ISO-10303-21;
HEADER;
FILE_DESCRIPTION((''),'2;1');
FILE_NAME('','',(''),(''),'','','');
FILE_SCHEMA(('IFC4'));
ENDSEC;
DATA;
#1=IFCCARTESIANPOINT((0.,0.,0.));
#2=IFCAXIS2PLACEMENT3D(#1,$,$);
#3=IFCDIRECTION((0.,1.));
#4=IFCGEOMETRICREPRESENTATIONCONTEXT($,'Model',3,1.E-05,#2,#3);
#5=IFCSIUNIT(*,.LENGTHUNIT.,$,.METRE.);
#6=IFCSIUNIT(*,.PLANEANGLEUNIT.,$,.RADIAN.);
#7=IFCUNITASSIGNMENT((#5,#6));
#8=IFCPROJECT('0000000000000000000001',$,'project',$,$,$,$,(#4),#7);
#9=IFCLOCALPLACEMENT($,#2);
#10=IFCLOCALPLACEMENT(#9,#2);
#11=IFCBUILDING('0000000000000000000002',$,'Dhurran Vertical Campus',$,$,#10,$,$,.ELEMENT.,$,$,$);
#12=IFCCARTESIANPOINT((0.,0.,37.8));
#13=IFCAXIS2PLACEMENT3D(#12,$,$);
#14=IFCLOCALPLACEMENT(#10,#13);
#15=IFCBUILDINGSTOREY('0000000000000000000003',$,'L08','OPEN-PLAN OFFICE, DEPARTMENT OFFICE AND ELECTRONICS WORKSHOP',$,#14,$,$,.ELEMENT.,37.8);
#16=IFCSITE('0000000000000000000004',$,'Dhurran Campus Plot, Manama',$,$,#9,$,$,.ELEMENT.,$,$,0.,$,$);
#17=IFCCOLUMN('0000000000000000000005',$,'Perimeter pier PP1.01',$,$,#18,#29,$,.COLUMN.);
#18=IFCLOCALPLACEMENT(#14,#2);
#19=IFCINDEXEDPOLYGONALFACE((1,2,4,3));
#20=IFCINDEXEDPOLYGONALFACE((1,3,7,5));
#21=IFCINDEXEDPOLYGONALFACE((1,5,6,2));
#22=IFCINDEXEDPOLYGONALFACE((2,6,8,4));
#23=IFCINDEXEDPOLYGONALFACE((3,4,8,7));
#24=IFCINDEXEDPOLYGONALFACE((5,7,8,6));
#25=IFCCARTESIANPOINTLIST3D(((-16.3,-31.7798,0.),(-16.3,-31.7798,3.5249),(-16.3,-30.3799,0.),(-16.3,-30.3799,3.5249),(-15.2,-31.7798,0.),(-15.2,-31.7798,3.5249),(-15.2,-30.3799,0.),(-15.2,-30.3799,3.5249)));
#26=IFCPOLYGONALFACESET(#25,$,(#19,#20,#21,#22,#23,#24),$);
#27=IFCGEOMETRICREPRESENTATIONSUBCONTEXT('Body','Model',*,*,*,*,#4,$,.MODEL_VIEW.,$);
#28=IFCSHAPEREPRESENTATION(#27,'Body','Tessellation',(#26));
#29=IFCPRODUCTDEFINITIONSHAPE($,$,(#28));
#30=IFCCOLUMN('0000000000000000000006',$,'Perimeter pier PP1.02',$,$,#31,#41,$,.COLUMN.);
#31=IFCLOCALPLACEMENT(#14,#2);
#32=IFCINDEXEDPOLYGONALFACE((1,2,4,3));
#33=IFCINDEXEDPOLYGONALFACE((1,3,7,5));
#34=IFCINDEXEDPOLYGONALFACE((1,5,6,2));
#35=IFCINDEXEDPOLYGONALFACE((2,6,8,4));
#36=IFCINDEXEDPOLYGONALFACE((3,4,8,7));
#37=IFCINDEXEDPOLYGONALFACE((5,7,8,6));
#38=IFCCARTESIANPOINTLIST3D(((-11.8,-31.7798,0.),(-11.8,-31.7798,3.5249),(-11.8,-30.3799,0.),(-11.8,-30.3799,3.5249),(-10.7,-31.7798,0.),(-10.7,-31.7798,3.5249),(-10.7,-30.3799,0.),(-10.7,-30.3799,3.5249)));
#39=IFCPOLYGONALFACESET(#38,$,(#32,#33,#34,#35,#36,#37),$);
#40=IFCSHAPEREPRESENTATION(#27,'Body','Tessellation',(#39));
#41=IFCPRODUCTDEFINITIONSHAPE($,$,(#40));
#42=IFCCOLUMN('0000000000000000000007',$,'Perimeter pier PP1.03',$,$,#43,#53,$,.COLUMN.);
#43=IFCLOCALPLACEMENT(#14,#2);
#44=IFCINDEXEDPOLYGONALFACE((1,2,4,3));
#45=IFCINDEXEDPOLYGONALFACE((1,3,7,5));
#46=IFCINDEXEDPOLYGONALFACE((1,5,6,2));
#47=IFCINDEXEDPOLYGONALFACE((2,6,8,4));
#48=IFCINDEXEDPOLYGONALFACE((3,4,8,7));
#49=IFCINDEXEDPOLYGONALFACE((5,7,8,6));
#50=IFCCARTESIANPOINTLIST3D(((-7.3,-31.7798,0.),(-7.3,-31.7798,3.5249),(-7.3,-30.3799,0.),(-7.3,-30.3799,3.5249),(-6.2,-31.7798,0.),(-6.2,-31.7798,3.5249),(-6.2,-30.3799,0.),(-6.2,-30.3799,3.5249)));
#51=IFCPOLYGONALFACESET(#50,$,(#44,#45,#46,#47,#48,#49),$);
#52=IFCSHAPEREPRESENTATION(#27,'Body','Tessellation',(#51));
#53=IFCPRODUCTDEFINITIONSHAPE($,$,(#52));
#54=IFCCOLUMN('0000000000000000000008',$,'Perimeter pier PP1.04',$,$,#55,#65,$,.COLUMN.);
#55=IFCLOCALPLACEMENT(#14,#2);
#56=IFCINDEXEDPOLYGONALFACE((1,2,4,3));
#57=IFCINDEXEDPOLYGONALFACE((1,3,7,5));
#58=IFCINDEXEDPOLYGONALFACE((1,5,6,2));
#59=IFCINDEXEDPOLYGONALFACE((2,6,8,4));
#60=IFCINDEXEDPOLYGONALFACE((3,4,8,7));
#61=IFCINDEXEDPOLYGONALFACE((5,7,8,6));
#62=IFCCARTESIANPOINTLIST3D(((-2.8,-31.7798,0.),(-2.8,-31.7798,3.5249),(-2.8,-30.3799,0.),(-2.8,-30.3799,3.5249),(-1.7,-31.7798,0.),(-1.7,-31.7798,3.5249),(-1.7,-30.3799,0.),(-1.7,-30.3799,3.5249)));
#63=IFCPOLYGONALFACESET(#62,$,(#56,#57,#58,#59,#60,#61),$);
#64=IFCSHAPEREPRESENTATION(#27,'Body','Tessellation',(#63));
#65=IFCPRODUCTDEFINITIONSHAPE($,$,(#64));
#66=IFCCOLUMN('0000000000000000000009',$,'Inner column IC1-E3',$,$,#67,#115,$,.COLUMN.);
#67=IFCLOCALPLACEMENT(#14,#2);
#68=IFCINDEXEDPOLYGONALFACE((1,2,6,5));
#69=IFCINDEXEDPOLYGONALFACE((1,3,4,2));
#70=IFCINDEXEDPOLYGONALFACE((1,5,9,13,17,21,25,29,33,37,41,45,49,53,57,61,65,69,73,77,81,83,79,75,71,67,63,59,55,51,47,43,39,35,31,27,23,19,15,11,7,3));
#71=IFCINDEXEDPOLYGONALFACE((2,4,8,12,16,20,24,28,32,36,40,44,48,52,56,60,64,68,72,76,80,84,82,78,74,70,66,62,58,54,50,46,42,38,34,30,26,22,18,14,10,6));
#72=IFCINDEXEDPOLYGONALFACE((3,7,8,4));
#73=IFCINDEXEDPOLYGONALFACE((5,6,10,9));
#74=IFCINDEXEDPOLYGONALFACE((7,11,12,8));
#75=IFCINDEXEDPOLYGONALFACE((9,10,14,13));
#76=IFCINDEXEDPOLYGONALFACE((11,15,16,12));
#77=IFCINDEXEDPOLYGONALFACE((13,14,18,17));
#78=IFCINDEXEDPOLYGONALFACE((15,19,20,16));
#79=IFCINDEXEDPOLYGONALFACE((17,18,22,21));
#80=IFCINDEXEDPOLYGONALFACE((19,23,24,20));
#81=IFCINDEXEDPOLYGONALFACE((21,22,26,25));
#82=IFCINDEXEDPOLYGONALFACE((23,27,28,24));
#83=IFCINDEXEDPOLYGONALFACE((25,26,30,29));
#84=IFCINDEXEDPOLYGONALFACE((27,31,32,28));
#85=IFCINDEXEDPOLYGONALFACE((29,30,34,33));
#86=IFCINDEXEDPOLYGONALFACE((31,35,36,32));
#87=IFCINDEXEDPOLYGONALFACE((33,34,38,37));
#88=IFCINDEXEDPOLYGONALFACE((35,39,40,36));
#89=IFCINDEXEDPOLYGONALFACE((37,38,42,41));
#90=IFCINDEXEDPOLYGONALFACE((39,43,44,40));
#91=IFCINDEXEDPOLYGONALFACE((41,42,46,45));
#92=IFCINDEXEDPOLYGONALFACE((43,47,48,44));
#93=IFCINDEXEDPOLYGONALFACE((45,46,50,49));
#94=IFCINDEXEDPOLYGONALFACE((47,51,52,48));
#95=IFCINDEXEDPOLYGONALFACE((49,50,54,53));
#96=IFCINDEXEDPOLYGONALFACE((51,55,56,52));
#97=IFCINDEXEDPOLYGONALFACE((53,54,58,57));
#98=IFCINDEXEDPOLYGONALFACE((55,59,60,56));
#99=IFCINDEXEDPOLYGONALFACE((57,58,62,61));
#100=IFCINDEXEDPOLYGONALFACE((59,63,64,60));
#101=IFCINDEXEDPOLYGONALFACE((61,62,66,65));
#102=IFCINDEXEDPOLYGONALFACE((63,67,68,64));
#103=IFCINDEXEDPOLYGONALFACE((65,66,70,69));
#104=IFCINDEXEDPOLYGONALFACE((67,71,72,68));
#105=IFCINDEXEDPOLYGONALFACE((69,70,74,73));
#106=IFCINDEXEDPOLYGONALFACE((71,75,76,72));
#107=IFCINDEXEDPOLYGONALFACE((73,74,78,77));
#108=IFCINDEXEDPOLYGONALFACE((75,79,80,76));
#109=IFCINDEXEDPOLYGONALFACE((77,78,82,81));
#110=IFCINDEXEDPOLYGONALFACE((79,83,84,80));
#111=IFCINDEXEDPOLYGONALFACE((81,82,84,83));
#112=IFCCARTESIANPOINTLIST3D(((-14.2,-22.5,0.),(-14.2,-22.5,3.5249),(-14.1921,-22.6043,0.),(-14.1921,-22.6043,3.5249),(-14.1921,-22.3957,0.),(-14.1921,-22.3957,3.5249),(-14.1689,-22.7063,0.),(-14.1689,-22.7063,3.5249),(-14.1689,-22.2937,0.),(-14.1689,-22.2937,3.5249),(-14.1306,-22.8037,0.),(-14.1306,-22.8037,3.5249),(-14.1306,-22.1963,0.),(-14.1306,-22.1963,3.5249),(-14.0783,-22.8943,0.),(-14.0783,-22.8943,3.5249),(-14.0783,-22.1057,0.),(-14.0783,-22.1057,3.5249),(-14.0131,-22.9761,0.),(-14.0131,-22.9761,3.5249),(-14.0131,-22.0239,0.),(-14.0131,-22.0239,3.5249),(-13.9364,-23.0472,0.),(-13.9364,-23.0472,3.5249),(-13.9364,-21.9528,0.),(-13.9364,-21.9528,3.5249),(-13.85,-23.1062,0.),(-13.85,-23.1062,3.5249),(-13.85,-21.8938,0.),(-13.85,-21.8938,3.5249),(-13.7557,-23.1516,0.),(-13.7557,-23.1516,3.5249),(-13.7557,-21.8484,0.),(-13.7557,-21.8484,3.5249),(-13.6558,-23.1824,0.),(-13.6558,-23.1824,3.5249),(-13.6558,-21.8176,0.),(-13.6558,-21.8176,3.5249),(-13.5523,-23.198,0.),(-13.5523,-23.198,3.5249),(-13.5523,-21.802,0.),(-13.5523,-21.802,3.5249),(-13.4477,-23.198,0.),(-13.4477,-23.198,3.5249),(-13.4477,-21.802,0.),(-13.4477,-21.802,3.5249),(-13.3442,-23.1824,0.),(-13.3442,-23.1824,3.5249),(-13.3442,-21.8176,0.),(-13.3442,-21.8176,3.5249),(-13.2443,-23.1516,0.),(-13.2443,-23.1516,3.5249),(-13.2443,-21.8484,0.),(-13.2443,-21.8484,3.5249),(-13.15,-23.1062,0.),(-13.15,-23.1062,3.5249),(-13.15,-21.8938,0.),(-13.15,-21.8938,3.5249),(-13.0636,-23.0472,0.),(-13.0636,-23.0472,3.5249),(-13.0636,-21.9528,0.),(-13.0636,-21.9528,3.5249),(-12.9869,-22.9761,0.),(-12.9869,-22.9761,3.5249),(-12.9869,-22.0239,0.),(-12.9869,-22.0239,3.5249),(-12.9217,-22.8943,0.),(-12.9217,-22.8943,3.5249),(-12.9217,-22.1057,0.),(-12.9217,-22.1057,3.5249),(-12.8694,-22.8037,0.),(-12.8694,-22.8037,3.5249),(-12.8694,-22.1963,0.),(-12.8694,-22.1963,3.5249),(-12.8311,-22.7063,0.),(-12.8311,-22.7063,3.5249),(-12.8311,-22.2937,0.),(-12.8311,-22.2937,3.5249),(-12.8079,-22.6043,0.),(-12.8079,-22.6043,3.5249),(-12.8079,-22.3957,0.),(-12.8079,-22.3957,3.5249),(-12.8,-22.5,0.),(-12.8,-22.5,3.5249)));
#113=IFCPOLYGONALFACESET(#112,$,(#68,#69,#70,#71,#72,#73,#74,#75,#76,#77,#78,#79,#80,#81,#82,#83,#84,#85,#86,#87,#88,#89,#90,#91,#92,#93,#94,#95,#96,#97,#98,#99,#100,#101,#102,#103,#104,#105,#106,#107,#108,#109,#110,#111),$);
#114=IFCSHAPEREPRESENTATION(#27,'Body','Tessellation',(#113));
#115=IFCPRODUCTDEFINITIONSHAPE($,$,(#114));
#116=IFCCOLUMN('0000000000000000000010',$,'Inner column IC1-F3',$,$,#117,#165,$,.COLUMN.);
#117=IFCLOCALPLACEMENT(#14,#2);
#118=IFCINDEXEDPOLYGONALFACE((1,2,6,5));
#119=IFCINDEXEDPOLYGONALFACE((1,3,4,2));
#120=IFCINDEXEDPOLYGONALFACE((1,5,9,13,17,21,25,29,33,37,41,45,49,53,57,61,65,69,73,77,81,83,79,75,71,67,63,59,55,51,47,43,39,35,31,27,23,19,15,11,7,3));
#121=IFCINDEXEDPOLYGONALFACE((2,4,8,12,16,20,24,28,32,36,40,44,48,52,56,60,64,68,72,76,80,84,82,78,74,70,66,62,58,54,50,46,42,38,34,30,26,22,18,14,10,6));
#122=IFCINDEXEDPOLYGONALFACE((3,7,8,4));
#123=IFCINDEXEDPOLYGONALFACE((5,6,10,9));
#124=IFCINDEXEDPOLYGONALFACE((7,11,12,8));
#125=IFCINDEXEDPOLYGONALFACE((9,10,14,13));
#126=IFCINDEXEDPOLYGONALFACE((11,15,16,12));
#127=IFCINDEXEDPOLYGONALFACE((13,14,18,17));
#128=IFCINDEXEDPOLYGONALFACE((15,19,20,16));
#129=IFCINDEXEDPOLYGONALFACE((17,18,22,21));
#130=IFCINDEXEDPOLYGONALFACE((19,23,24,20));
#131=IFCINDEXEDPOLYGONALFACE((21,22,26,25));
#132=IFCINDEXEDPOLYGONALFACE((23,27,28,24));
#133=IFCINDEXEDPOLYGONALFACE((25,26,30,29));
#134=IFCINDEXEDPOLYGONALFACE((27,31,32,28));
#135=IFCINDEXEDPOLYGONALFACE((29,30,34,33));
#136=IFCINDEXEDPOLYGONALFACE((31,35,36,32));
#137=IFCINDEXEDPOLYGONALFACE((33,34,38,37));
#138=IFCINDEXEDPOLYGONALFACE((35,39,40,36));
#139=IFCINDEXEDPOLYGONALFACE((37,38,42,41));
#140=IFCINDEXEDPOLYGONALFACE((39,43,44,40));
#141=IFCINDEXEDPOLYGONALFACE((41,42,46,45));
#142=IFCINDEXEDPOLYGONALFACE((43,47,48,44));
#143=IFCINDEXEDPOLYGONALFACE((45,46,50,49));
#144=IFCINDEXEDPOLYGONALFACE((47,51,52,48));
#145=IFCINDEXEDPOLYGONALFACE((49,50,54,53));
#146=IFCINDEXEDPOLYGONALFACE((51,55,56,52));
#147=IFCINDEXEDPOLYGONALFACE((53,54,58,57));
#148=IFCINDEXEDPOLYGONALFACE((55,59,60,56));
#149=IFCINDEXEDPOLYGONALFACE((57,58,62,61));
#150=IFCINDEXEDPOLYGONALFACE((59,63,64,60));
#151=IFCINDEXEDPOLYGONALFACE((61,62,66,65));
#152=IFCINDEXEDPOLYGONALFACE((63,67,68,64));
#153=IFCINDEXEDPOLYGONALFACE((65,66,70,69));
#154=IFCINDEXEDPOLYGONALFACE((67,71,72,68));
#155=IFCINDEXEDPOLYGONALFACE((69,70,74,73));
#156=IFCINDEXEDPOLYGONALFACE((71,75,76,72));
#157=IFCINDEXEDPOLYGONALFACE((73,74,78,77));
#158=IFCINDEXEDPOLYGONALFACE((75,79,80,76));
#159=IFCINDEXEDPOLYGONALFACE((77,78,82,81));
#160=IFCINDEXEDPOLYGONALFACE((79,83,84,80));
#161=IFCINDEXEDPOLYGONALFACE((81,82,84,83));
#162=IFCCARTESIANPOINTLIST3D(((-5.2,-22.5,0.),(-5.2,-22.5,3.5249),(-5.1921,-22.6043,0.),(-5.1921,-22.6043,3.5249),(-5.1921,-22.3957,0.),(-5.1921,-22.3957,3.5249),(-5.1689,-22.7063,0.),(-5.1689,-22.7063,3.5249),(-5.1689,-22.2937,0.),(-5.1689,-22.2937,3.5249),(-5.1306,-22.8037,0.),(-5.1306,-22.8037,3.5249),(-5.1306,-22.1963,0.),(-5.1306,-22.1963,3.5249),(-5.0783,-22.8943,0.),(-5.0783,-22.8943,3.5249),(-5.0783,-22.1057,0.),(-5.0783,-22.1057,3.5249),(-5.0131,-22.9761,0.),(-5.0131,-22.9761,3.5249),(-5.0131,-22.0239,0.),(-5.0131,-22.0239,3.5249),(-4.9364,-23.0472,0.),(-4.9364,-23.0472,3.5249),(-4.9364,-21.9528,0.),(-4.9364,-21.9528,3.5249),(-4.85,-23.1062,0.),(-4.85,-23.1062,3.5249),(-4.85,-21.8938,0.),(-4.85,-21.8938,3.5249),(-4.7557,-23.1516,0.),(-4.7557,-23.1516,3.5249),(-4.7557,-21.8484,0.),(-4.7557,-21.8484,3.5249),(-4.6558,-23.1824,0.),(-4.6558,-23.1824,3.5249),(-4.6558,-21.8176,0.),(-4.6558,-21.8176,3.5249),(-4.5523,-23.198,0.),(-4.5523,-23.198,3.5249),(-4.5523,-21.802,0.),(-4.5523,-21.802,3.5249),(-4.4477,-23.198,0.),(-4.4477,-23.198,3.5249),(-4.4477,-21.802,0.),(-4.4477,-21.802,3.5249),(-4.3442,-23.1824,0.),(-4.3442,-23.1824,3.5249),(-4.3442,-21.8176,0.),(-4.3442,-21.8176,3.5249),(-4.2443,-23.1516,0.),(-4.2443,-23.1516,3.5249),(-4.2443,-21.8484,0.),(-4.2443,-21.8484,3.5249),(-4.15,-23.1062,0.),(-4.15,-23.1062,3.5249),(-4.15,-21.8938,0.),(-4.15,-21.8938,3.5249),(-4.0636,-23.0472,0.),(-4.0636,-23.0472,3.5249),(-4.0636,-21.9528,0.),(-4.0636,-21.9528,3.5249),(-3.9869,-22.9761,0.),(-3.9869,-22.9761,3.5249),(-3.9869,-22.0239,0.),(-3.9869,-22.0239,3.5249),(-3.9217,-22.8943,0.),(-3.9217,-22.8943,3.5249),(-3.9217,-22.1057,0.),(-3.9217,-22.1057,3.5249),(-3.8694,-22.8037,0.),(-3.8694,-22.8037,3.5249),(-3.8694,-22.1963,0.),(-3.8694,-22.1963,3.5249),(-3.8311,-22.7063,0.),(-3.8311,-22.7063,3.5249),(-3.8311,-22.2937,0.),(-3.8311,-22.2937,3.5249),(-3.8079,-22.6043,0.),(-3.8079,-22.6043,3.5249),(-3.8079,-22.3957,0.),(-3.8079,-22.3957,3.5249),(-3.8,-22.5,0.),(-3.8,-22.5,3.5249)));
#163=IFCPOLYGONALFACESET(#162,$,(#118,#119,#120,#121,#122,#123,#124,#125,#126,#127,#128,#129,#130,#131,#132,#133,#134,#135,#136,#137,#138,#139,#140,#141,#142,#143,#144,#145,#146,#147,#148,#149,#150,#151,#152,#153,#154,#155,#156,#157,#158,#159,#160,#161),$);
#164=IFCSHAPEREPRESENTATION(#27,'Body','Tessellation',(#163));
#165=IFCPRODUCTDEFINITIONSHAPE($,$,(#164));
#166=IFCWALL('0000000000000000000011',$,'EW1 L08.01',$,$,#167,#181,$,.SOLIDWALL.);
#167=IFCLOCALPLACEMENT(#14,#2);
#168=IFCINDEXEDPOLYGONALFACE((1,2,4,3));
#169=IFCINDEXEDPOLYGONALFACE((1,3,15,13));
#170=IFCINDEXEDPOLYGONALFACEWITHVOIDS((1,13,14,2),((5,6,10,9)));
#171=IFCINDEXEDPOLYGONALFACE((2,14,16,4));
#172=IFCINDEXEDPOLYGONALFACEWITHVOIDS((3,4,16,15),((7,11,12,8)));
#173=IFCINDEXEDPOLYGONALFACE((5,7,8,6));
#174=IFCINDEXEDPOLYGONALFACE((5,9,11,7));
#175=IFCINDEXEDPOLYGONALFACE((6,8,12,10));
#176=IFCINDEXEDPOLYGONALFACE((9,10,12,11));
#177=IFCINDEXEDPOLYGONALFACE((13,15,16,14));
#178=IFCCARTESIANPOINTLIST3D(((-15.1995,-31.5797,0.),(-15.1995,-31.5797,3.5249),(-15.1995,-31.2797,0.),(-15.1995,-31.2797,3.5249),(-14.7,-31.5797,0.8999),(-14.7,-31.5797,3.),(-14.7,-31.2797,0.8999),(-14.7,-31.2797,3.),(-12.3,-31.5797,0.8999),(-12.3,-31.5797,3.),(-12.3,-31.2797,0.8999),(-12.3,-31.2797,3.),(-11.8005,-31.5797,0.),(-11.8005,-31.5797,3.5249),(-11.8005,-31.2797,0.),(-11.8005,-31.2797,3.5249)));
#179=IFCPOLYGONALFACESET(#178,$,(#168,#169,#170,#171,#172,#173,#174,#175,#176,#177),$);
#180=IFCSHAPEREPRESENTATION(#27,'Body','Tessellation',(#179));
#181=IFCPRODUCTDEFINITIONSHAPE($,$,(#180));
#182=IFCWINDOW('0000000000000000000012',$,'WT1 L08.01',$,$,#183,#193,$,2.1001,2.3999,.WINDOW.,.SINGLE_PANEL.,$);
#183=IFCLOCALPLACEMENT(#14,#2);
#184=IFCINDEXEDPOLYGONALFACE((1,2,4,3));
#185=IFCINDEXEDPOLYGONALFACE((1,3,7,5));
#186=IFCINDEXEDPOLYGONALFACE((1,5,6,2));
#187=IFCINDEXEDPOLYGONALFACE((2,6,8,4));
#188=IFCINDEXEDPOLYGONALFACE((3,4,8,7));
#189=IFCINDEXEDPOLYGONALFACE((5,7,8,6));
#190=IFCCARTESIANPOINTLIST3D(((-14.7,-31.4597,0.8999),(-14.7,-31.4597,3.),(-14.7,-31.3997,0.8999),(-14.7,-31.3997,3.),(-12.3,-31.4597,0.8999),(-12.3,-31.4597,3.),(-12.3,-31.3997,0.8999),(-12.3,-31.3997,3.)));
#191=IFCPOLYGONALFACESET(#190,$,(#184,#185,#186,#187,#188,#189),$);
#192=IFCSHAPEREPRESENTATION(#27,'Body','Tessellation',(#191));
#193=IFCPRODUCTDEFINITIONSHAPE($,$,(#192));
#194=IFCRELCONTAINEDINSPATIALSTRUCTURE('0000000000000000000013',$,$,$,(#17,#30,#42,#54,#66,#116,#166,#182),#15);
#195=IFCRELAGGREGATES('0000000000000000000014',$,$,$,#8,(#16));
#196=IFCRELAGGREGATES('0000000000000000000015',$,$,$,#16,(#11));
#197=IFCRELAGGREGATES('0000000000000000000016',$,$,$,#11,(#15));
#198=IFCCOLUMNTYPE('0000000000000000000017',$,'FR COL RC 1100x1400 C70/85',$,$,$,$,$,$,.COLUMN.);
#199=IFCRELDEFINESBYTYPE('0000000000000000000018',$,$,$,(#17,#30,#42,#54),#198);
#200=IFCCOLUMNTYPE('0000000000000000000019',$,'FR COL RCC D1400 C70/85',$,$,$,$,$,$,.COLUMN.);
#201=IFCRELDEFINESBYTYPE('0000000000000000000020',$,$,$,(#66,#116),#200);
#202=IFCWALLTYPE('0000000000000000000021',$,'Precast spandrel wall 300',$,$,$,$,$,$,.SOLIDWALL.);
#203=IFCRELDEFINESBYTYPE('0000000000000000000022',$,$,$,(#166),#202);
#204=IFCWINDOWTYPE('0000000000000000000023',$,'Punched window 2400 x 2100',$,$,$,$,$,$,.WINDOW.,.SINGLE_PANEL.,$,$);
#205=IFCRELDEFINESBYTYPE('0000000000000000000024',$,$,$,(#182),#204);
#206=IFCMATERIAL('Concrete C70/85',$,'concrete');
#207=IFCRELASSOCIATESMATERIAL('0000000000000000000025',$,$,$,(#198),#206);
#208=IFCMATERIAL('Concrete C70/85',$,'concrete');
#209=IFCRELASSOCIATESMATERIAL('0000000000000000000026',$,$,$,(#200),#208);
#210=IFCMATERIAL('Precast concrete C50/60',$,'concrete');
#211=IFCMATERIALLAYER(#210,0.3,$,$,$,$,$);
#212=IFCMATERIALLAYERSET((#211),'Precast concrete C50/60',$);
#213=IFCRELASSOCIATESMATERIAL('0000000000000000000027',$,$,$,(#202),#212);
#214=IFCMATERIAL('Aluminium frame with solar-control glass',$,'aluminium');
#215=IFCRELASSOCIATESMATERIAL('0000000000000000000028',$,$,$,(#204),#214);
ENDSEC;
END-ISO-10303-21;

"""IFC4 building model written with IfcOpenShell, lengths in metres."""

from ifc_helpers import new_model, si_unit, direction, frame, frame_2d, origin, origin_2d, place, context, subcontext, project, spatial, rectangle, circle, extrude, material, layer, layer_set, material_profile, profile_set, type_object, element, fill, save


model = new_model("IFC4")

# Units and contexts
model_context = context("Model", 3, precision=1e-05, world=origin(), true_north=direction((0.0, 1.0)))
body_context = subcontext(model_context, "Body", "Model", "MODEL_VIEW")
ifc_project = project(units=[si_unit("LENGTHUNIT", "METRE"), si_unit("PLANEANGLEUNIT", "RADIAN")], contexts=[model_context])

# Site, building, storey
site_placement = place(None, origin())
site = spatial("IfcSite", under=ifc_project, at=site_placement, Name="Dhurran Campus Plot, Manama", CompositionType="ELEMENT", RefElevation=0.0)
building_placement = place(site_placement, origin())
building = spatial("IfcBuilding", under=site, at=building_placement, Name="Dhurran Vertical Campus", CompositionType="ELEMENT")
storey_placement = place(building_placement, frame((0.0, 0.0, 37.8)))
storey = spatial("IfcBuildingStorey", under=building, at=storey_placement, Name="L08", Description="OPEN-PLAN OFFICE, DEPARTMENT OFFICE AND ELECTRONICS WORKSHOP", CompositionType="ELEMENT", Elevation=37.8)

# Columns
ifc_material_1 = material(Name="Concrete C70/85", Category="concrete")
ifc_material_profile_1 = material_profile(ifc_material_1, rectangle(XDim=1.1001, YDim=1.3999, at=origin_2d()), Name="RC 1100x1400")
ifc_profile_set_1 = profile_set([ifc_material_profile_1], Name="Concrete C70/85")
column_type_1 = type_object("IfcColumnType", Name="FR COL RC 1100x1400 C70/85", PredefinedType="COLUMN", material=ifc_profile_set_1)
for number, where, z_axis, x_axis, name in (
    (1, (-15.75, -31.0798, 0.0), (0.0, 0.0, 1.0), (1.0, 0.0, 0.0), "Perimeter pier PP1.01"),
    (2, (-11.25, -31.0798, 0.0), (0.0, 0.0, 1.0), (1.0, 0.0, 0.0), "Perimeter pier PP1.02"),
    (3, (-6.75, -31.0798, 0.0), (0.0, 0.0, 1.0), (1.0, 0.0, 0.0), "Perimeter pier PP1.03"),
    (4, (-2.25, -31.0798, 0.0), (0.0, 0.0, 1.0), (1.0, 0.0, 0.0), "Perimeter pier PP1.04"),
):
    element("IfcColumn", number, at=place(storey_placement, frame(where, z_axis=z_axis, x_axis=x_axis)), inside=storey, type_object=column_type_1, Name=name, PredefinedType="COLUMN", context=body_context, shape_type="SweptSolid", body=[
        extrude(rectangle(XDim=1.1001, YDim=1.3999, at=origin_2d()), origin(), (0.0, 0.0, 1.0), 3.5249),
    ])
ifc_material_2 = material(Name="Concrete C70/85", Category="concrete")
ifc_material_profile_2 = material_profile(ifc_material_2, circle(Radius=0.7, at=origin_2d()), Name="RCC D1400")
ifc_profile_set_2 = profile_set([ifc_material_profile_2], Name="Concrete C70/85")
column_type_2 = type_object("IfcColumnType", Name="FR COL RCC D1400 C70/85", PredefinedType="COLUMN", material=ifc_profile_set_2)
for number, where, z_axis, x_axis, name in (
    (5, (-13.5, -22.5, 0.0), (0.0, 0.0, 1.0), (1.0, 0.0, 0.0), "Inner column IC1-E3"),
    (6, (-4.5, -22.5, 0.0), (0.0, 0.0, 1.0), (1.0, 0.0, 0.0), "Inner column IC1-F3"),
):
    element("IfcColumn", number, at=place(storey_placement, frame(where, z_axis=z_axis, x_axis=x_axis)), inside=storey, type_object=column_type_2, Name=name, PredefinedType="COLUMN", context=body_context, shape_type="SweptSolid", body=[
        extrude(circle(Radius=0.7, at=origin_2d()), origin(), (0.0, 0.0, 1.0), 3.5249),
    ])

# Wall, opening, window
ifc_material_3 = material(Name="Precast concrete C50/60", Category="concrete")
ifc_layer_1 = layer(ifc_material_3, 0.3)
ifc_layer_set_1 = layer_set([ifc_layer_1], Name="Precast concrete C50/60")
wall_type_1 = type_object("IfcWallType", Name="Precast spandrel wall 300", PredefinedType="SOLIDWALL", material=ifc_layer_set_1)
wall_1_placement = place(storey_placement, frame((-15.1995, -31.4297, 0.0), z_axis=(0.0, 0.0, 1.0), x_axis=(1.0, 0.0, 0.0)))
wall_1 = element("IfcWall", 7, at=wall_1_placement, inside=storey, type_object=wall_type_1, Name="EW1 L08.01", PredefinedType="SOLIDWALL", context=body_context, shape_type="SweptSolid", body=[
    extrude(rectangle(XDim=3.3989, YDim=0.3, at=frame_2d((1.6995, 0.0))), origin(), (0.0, 0.0, 1.0), 3.5249),
])
opening_1_placement = place(wall_1_placement, frame((0.4995, 0.0, 0.8999)))
opening_1 = element("IfcOpeningElement", 8, at=opening_1_placement, cuts=wall_1, PredefinedType="OPENING", context=body_context, shape_type="SweptSolid", body=[
    extrude(rectangle(XDim=2.3999, YDim=2.1001, at=frame_2d((1.2, 1.05))), frame((0.0, 0.1599, 0.0), z_axis=(0.0, -1.0, 0.0), x_axis=(1.0, 0.0, 0.0)), (0.0, 0.0, 1.0), 0.3201),
])
ifc_material_4 = material(Name="Aluminium frame with solar-control glass", Category="aluminium")
window_type = type_object("IfcWindowType", Name="Punched window 2400 x 2100", PartitioningType="SINGLE_PANEL", PredefinedType="WINDOW", material=ifc_material_4)
window_1_placement = place(opening_1_placement, origin())
window_1 = element("IfcWindow", 9, at=window_1_placement, inside=storey, type_object=window_type, Name="WT1 L08.01", OverallHeight=2.1001, OverallWidth=2.3999, PartitioningType="SINGLE_PANEL", PredefinedType="WINDOW", context=body_context, shape_type="SweptSolid", body=[
    extrude(rectangle(XDim=2.3999, YDim=2.1001, at=frame_2d((1.2, 1.05))), frame((0.0, 0.03, 0.0), z_axis=(0.0, -1.0, 0.0), x_axis=(1.0, 0.0, 0.0)), (0.0, 0.0, 1.0), 0.0601),
])
fill(opening_1, window_1)

save(model, "model.ifc")
